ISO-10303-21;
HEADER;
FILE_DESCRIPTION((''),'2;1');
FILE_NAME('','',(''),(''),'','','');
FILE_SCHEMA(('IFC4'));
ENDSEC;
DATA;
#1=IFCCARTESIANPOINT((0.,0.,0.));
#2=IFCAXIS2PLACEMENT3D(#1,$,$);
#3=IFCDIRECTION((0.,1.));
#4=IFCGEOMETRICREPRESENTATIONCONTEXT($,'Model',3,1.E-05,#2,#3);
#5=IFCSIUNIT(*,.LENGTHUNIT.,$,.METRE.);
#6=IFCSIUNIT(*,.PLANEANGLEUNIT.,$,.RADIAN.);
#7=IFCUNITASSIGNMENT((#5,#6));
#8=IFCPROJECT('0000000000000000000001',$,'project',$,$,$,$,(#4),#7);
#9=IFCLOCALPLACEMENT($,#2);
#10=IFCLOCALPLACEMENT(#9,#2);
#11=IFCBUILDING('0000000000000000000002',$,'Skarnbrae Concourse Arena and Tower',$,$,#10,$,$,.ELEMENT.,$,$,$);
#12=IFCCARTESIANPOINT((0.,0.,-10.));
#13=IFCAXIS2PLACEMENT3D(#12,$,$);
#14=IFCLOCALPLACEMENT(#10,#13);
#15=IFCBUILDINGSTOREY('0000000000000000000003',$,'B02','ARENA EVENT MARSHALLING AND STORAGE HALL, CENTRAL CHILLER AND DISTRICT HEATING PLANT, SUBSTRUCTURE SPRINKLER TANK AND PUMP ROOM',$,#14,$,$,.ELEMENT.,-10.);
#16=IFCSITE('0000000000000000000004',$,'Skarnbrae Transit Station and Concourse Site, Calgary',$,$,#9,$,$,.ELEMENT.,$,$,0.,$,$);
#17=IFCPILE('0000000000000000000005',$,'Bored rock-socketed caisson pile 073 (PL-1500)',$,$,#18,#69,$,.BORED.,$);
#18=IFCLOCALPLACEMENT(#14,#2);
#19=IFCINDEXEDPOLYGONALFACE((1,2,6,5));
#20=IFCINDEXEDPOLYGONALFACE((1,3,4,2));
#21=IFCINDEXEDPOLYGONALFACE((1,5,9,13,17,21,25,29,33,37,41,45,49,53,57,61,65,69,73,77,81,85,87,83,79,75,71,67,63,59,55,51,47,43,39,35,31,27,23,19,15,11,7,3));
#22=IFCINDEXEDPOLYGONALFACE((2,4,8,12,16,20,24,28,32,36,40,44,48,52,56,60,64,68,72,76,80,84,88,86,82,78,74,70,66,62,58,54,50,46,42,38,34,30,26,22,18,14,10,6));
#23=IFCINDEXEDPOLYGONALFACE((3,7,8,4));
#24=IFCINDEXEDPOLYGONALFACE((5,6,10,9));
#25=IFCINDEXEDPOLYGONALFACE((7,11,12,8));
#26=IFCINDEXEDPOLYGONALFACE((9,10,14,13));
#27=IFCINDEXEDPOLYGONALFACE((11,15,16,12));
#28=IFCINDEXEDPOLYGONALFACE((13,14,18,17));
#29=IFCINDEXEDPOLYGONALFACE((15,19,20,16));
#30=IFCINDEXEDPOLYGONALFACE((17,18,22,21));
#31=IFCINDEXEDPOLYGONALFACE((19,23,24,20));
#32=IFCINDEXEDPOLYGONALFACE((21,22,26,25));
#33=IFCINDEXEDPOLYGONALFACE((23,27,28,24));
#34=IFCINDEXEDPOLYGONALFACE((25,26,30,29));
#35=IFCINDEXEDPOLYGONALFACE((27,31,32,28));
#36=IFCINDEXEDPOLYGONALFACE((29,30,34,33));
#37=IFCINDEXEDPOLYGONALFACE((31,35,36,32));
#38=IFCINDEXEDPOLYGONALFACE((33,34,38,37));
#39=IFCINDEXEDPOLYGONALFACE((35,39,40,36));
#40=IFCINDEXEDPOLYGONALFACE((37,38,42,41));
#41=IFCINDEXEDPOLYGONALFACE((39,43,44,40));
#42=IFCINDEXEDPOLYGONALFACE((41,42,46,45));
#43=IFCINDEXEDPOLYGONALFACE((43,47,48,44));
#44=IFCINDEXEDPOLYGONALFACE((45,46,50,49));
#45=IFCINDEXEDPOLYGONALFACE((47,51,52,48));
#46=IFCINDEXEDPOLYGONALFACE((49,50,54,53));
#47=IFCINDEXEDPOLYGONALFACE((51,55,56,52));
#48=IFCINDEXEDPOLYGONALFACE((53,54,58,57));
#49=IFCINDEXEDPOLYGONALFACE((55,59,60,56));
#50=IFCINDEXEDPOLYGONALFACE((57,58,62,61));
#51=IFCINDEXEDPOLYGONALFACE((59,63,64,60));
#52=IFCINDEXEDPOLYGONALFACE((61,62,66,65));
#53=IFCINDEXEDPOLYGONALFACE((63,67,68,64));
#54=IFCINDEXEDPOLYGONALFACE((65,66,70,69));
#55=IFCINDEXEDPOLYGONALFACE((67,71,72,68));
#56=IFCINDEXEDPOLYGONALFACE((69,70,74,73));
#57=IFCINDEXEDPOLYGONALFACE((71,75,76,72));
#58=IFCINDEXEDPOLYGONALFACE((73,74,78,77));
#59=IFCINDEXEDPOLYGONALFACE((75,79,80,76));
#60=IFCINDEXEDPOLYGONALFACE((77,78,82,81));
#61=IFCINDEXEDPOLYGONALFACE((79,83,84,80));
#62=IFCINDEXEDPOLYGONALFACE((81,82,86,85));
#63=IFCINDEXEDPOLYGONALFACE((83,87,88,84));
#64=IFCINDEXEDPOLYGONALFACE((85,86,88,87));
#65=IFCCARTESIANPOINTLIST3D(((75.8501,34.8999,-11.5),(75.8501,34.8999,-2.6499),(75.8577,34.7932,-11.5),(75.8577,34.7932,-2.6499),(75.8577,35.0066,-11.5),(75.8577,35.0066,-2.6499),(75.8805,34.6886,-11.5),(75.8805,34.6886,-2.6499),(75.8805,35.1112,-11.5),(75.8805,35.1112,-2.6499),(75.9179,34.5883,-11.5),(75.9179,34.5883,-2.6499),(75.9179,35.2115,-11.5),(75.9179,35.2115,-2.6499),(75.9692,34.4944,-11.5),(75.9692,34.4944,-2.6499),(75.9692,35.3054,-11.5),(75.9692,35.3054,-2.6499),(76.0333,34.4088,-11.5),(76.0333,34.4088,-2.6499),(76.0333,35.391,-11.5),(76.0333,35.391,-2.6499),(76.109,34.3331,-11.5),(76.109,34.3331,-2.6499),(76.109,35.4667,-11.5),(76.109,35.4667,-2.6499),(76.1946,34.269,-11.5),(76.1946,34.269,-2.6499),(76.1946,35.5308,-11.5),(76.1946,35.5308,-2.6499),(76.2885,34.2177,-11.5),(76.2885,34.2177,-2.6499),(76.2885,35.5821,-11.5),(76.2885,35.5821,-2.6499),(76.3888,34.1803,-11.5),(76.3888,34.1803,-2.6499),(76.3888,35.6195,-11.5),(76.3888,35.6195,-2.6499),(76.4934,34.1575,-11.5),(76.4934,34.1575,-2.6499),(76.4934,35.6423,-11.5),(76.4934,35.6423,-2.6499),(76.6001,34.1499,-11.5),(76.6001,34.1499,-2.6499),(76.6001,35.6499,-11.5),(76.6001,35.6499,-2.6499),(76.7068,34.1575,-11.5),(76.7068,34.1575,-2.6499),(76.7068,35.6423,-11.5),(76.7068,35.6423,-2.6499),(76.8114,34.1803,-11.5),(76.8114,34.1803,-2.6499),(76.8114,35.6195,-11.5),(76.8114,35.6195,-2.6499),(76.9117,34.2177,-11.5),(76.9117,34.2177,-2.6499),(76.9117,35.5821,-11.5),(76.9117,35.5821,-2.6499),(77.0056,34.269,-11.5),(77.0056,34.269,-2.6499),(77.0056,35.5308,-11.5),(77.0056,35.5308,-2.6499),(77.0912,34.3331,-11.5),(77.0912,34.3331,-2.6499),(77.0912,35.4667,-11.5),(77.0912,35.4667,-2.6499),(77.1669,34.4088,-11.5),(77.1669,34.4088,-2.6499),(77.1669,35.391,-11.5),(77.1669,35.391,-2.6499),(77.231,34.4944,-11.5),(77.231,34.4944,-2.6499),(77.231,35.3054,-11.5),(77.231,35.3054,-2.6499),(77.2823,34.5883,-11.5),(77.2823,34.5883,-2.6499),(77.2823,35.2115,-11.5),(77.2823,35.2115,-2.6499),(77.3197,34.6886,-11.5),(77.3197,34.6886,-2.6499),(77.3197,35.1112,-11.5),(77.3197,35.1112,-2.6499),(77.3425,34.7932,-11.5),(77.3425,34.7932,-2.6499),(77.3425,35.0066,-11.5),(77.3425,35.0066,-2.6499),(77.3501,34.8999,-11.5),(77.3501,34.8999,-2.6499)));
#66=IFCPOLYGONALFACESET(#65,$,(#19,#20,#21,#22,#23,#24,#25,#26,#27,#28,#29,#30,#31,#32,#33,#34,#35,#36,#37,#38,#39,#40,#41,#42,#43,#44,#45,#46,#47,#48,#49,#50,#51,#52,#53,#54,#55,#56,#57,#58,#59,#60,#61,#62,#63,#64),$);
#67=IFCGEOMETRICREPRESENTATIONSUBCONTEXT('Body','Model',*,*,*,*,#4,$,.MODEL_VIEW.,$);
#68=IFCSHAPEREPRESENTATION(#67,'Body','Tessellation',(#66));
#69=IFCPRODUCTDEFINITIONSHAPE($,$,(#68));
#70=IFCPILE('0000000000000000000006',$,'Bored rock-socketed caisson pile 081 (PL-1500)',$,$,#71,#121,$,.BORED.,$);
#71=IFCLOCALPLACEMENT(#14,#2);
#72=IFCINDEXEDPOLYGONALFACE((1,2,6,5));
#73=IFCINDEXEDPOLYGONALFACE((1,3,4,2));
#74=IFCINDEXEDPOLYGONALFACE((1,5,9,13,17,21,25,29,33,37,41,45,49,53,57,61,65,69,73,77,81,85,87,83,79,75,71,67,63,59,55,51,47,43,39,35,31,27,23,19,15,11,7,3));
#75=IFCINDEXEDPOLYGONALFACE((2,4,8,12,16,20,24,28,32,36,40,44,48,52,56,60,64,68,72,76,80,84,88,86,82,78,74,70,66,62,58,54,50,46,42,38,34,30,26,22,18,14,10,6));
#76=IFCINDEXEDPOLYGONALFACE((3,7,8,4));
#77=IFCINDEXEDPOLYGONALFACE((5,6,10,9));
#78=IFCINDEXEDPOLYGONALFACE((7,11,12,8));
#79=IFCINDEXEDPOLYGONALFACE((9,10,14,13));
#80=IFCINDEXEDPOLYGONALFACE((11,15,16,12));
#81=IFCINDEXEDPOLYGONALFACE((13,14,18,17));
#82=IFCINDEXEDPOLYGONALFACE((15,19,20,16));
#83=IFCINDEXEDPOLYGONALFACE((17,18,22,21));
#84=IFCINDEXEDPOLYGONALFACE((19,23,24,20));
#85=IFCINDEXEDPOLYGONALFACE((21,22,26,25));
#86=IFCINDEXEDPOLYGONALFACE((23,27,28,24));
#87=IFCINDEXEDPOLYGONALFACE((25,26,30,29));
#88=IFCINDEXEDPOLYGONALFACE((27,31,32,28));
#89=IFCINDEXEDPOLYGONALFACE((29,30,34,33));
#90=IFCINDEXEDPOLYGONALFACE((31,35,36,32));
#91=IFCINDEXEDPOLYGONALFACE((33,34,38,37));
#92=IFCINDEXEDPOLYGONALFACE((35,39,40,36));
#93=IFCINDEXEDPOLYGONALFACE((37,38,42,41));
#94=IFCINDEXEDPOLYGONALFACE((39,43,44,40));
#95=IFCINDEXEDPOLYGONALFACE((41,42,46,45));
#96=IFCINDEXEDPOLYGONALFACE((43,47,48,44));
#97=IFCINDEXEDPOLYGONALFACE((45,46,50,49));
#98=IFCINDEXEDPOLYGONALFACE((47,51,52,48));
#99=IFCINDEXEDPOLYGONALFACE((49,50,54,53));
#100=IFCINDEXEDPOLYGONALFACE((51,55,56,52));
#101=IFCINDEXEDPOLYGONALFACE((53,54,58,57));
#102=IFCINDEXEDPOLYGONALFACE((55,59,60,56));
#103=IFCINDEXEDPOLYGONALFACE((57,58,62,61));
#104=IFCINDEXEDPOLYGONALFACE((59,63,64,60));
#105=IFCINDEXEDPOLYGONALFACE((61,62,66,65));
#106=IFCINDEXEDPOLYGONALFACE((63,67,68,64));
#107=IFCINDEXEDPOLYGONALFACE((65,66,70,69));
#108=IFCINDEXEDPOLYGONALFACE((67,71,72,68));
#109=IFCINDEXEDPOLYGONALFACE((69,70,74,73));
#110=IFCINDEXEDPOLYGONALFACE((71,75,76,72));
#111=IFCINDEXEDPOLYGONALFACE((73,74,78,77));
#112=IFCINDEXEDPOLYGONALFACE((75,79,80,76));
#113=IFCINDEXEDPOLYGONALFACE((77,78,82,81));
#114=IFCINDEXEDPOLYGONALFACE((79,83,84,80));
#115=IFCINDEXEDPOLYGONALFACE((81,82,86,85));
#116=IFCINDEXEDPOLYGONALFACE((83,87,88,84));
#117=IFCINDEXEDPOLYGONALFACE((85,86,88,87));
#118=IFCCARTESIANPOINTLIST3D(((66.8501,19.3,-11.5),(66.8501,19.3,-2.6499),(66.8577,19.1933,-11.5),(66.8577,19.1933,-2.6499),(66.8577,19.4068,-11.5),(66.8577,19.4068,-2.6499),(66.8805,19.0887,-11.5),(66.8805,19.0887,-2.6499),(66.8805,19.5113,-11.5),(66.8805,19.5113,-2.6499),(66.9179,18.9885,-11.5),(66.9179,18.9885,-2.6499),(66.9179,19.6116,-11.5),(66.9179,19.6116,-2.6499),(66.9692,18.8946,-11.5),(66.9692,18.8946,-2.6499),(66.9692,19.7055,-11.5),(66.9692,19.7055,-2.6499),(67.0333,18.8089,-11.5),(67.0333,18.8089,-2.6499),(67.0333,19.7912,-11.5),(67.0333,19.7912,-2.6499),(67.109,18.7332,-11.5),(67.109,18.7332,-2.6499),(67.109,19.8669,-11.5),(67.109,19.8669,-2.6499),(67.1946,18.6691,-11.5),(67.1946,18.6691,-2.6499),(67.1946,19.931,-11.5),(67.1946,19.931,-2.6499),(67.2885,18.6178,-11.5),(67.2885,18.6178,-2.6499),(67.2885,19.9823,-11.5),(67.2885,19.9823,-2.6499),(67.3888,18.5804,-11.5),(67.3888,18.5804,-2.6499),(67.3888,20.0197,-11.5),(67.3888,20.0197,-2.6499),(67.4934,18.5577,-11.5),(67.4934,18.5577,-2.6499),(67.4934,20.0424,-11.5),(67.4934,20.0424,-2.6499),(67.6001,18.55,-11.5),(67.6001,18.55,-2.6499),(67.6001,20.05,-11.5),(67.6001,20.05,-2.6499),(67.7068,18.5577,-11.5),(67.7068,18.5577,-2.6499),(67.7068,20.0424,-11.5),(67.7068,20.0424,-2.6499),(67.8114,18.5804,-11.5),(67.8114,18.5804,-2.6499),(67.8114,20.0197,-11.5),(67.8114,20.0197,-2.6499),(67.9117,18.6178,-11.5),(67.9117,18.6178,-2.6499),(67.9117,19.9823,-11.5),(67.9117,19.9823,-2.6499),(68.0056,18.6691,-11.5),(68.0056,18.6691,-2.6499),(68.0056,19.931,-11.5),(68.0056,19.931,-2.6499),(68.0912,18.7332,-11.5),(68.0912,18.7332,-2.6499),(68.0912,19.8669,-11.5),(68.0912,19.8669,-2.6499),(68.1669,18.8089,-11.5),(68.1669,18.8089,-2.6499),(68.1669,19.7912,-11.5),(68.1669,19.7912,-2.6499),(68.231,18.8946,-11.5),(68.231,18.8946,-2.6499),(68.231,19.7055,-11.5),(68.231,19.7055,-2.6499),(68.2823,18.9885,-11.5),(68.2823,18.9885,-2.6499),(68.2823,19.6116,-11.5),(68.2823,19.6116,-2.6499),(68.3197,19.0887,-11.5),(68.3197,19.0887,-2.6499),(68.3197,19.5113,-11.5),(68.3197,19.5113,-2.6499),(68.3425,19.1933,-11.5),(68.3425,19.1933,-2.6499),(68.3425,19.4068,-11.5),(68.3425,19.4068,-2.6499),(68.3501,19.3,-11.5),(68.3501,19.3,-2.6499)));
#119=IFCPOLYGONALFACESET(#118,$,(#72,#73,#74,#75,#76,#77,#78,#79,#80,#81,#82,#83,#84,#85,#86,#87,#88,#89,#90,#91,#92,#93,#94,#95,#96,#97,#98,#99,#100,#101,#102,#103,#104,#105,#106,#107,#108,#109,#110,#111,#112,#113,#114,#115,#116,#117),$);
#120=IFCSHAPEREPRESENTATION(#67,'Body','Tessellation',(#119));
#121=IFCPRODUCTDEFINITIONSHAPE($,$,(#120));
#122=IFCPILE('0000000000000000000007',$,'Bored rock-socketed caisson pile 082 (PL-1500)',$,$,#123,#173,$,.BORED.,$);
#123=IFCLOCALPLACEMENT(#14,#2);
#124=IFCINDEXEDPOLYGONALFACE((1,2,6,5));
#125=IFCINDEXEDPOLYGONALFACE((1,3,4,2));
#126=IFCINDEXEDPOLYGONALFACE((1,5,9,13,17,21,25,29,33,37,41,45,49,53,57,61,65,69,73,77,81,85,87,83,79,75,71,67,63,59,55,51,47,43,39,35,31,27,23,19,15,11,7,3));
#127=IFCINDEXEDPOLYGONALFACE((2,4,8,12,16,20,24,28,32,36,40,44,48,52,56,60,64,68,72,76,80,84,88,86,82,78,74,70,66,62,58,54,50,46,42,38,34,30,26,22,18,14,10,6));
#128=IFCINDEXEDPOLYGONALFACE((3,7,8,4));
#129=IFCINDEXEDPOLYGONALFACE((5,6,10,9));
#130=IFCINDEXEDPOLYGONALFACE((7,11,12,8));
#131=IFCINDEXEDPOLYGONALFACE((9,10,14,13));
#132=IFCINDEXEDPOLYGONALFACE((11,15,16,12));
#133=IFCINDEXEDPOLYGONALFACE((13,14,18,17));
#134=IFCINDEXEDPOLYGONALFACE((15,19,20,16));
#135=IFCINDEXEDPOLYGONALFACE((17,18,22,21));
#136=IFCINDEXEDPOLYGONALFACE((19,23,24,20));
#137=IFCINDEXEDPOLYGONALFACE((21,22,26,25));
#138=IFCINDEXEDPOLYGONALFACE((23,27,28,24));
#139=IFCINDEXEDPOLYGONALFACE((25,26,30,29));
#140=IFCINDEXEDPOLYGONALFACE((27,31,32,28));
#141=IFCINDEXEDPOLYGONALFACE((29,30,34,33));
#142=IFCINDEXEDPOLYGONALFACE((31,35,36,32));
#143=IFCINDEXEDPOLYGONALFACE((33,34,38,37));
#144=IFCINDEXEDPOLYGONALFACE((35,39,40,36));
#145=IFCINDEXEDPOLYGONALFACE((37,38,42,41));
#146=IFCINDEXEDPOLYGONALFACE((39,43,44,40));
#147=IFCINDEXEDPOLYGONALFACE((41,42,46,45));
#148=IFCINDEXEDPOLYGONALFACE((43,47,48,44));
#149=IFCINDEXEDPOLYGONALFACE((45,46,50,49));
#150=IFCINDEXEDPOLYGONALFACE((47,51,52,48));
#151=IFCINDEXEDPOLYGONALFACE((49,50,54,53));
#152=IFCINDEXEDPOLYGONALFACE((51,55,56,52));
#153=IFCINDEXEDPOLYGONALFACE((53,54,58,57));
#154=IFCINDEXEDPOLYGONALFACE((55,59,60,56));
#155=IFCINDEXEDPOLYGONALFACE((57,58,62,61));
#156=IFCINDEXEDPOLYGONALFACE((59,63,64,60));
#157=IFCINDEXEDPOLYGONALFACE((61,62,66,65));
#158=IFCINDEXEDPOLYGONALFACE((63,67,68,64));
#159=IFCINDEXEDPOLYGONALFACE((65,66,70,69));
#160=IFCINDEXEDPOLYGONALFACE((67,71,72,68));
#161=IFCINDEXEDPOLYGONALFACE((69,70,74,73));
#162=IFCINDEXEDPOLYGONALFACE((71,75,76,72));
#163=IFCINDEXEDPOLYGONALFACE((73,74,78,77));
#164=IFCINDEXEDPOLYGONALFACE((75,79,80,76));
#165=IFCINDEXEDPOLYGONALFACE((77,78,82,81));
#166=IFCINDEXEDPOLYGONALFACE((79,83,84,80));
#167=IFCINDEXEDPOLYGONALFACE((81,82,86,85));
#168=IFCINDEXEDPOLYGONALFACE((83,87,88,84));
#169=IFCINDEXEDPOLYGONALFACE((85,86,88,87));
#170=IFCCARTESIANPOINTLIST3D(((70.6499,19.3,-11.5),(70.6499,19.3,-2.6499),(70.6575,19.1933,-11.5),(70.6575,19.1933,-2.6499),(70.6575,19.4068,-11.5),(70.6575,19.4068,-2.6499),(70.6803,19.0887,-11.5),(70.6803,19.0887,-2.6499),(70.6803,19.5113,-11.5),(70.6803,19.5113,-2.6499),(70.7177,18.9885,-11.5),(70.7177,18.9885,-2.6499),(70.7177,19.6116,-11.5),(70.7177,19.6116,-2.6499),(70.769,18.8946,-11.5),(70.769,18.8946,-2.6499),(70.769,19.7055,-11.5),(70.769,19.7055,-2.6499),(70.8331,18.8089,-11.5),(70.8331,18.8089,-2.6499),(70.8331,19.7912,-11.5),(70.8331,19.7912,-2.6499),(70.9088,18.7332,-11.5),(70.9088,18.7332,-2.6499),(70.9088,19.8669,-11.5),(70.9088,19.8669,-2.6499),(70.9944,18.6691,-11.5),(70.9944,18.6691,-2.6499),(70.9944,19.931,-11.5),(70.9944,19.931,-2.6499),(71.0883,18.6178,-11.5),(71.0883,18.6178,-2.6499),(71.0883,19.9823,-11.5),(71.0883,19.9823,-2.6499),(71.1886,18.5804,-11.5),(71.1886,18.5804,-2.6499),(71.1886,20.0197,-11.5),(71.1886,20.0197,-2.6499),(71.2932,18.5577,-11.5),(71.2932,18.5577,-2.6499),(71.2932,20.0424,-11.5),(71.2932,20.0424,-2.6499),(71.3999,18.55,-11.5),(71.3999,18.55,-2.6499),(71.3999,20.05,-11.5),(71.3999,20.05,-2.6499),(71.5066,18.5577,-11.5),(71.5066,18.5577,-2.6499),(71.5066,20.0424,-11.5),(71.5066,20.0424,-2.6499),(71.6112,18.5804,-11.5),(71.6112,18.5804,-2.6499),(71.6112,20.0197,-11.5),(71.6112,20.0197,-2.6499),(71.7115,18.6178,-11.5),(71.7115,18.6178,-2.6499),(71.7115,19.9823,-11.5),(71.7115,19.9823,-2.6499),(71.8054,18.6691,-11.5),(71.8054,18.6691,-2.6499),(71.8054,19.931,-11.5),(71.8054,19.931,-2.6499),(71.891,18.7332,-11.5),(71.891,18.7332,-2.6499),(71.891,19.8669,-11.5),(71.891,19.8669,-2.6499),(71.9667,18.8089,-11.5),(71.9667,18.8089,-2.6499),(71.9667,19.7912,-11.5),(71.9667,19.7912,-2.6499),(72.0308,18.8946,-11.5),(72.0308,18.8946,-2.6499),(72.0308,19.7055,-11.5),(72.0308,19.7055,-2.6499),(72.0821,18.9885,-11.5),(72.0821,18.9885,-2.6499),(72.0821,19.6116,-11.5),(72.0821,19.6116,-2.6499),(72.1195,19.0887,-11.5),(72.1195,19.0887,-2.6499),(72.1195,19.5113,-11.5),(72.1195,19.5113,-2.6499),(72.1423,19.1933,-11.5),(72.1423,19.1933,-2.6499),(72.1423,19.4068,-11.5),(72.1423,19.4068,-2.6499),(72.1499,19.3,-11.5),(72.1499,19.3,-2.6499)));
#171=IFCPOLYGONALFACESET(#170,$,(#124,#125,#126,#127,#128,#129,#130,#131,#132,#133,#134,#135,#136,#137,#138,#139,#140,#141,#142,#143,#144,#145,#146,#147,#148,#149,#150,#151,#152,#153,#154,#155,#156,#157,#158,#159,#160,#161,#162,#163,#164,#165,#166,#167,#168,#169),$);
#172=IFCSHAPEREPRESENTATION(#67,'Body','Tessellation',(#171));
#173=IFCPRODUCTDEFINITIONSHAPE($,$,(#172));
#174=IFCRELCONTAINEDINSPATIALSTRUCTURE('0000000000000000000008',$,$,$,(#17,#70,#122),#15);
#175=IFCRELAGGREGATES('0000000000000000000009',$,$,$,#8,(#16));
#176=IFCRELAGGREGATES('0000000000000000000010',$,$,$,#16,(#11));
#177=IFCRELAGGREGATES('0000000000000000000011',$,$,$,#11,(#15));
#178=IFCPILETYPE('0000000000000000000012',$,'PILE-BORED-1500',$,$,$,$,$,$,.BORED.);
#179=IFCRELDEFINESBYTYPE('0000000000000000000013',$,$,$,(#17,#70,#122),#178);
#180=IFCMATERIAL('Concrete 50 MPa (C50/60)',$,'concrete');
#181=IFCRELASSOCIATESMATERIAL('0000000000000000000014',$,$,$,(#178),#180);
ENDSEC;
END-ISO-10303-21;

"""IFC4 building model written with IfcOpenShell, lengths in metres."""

from ifc_helpers import new_model, si_unit, direction, frame, origin, origin_2d, place, context, subcontext, project, spatial, circle, extrude, source, transform, mapped, material, material_profile, profile_set, type_object, element, save


model = new_model("IFC4")

# Units and contexts
model_context = context("Model", 3, precision=1e-05, world=origin(), true_north=direction((0.0, 1.0)))
body_context = subcontext(model_context, "Body", "Model", "MODEL_VIEW")
ifc_project = project(units=[si_unit("LENGTHUNIT", "METRE"), si_unit("PLANEANGLEUNIT", "RADIAN")], contexts=[model_context])

# Site, building, storey
site_placement = place(None, origin())
site = spatial("IfcSite", under=ifc_project, at=site_placement, Name="Skarnbrae Transit Station and Concourse Site, Calgary", CompositionType="ELEMENT", RefElevation=0.0)
building_placement = place(site_placement, origin())
building = spatial("IfcBuilding", under=site, at=building_placement, Name="Skarnbrae Concourse Arena and Tower", CompositionType="ELEMENT")
storey_placement = place(building_placement, frame((0.0, 0.0, -10.0)))
storey = spatial("IfcBuildingStorey", under=building, at=storey_placement, Name="B02", Description="ARENA EVENT MARSHALLING AND STORAGE HALL, CENTRAL CHILLER AND DISTRICT HEATING PLANT, SUBSTRUCTURE SPRINKLER TANK AND PUMP ROOM", CompositionType="ELEMENT", Elevation=-10.0)

# Piles
ifc_material_1 = material(Name="Concrete 50 MPa (C50/60)", Category="concrete")
ifc_material_profile_1 = material_profile(ifc_material_1, circle(Radius=0.75, at=origin_2d()), Name="CAISSON-1500")
ifc_profile_set_1 = profile_set([ifc_material_profile_1], Name="Concrete 50 MPa (C50/60)")
pile_type_1 = type_object("IfcPileType", Name="PILE-BORED-1500", PredefinedType="BORED", material=ifc_profile_set_1)
shared_shape_1 = source(origin(), body_context, "Body", "SweptSolid", [
    extrude(circle(Radius=0.75, at=origin_2d()), origin(), (0.0, 0.0, 1.0), 8.8501),
])
for number, where, z_axis, x_axis, name in (
    (1, (76.6001, 34.8999, -2.6499), (0.0, 0.0, -1.0), (1.0, 0.0, 0.0), "Bored rock-socketed caisson pile 073 (PL-1500)"),
    (2, (67.6001, 19.3, -2.6499), (0.0, 0.0, -1.0), (1.0, 0.0, 0.0), "Bored rock-socketed caisson pile 081 (PL-1500)"),
    (3, (71.3999, 19.3, -2.6499), (0.0, 0.0, -1.0), (1.0, 0.0, 0.0), "Bored rock-socketed caisson pile 082 (PL-1500)"),
):
    element("IfcPile", number, at=place(storey_placement, frame(where, z_axis=z_axis, x_axis=x_axis)), inside=storey, type_object=pile_type_1, Name=name, PredefinedType="BORED", context=body_context, shape_type="MappedRepresentation", body=[
        mapped(shared_shape_1, transform((0.0, 0.0, 0.0))),
    ])

save(model, "model.ifc")
